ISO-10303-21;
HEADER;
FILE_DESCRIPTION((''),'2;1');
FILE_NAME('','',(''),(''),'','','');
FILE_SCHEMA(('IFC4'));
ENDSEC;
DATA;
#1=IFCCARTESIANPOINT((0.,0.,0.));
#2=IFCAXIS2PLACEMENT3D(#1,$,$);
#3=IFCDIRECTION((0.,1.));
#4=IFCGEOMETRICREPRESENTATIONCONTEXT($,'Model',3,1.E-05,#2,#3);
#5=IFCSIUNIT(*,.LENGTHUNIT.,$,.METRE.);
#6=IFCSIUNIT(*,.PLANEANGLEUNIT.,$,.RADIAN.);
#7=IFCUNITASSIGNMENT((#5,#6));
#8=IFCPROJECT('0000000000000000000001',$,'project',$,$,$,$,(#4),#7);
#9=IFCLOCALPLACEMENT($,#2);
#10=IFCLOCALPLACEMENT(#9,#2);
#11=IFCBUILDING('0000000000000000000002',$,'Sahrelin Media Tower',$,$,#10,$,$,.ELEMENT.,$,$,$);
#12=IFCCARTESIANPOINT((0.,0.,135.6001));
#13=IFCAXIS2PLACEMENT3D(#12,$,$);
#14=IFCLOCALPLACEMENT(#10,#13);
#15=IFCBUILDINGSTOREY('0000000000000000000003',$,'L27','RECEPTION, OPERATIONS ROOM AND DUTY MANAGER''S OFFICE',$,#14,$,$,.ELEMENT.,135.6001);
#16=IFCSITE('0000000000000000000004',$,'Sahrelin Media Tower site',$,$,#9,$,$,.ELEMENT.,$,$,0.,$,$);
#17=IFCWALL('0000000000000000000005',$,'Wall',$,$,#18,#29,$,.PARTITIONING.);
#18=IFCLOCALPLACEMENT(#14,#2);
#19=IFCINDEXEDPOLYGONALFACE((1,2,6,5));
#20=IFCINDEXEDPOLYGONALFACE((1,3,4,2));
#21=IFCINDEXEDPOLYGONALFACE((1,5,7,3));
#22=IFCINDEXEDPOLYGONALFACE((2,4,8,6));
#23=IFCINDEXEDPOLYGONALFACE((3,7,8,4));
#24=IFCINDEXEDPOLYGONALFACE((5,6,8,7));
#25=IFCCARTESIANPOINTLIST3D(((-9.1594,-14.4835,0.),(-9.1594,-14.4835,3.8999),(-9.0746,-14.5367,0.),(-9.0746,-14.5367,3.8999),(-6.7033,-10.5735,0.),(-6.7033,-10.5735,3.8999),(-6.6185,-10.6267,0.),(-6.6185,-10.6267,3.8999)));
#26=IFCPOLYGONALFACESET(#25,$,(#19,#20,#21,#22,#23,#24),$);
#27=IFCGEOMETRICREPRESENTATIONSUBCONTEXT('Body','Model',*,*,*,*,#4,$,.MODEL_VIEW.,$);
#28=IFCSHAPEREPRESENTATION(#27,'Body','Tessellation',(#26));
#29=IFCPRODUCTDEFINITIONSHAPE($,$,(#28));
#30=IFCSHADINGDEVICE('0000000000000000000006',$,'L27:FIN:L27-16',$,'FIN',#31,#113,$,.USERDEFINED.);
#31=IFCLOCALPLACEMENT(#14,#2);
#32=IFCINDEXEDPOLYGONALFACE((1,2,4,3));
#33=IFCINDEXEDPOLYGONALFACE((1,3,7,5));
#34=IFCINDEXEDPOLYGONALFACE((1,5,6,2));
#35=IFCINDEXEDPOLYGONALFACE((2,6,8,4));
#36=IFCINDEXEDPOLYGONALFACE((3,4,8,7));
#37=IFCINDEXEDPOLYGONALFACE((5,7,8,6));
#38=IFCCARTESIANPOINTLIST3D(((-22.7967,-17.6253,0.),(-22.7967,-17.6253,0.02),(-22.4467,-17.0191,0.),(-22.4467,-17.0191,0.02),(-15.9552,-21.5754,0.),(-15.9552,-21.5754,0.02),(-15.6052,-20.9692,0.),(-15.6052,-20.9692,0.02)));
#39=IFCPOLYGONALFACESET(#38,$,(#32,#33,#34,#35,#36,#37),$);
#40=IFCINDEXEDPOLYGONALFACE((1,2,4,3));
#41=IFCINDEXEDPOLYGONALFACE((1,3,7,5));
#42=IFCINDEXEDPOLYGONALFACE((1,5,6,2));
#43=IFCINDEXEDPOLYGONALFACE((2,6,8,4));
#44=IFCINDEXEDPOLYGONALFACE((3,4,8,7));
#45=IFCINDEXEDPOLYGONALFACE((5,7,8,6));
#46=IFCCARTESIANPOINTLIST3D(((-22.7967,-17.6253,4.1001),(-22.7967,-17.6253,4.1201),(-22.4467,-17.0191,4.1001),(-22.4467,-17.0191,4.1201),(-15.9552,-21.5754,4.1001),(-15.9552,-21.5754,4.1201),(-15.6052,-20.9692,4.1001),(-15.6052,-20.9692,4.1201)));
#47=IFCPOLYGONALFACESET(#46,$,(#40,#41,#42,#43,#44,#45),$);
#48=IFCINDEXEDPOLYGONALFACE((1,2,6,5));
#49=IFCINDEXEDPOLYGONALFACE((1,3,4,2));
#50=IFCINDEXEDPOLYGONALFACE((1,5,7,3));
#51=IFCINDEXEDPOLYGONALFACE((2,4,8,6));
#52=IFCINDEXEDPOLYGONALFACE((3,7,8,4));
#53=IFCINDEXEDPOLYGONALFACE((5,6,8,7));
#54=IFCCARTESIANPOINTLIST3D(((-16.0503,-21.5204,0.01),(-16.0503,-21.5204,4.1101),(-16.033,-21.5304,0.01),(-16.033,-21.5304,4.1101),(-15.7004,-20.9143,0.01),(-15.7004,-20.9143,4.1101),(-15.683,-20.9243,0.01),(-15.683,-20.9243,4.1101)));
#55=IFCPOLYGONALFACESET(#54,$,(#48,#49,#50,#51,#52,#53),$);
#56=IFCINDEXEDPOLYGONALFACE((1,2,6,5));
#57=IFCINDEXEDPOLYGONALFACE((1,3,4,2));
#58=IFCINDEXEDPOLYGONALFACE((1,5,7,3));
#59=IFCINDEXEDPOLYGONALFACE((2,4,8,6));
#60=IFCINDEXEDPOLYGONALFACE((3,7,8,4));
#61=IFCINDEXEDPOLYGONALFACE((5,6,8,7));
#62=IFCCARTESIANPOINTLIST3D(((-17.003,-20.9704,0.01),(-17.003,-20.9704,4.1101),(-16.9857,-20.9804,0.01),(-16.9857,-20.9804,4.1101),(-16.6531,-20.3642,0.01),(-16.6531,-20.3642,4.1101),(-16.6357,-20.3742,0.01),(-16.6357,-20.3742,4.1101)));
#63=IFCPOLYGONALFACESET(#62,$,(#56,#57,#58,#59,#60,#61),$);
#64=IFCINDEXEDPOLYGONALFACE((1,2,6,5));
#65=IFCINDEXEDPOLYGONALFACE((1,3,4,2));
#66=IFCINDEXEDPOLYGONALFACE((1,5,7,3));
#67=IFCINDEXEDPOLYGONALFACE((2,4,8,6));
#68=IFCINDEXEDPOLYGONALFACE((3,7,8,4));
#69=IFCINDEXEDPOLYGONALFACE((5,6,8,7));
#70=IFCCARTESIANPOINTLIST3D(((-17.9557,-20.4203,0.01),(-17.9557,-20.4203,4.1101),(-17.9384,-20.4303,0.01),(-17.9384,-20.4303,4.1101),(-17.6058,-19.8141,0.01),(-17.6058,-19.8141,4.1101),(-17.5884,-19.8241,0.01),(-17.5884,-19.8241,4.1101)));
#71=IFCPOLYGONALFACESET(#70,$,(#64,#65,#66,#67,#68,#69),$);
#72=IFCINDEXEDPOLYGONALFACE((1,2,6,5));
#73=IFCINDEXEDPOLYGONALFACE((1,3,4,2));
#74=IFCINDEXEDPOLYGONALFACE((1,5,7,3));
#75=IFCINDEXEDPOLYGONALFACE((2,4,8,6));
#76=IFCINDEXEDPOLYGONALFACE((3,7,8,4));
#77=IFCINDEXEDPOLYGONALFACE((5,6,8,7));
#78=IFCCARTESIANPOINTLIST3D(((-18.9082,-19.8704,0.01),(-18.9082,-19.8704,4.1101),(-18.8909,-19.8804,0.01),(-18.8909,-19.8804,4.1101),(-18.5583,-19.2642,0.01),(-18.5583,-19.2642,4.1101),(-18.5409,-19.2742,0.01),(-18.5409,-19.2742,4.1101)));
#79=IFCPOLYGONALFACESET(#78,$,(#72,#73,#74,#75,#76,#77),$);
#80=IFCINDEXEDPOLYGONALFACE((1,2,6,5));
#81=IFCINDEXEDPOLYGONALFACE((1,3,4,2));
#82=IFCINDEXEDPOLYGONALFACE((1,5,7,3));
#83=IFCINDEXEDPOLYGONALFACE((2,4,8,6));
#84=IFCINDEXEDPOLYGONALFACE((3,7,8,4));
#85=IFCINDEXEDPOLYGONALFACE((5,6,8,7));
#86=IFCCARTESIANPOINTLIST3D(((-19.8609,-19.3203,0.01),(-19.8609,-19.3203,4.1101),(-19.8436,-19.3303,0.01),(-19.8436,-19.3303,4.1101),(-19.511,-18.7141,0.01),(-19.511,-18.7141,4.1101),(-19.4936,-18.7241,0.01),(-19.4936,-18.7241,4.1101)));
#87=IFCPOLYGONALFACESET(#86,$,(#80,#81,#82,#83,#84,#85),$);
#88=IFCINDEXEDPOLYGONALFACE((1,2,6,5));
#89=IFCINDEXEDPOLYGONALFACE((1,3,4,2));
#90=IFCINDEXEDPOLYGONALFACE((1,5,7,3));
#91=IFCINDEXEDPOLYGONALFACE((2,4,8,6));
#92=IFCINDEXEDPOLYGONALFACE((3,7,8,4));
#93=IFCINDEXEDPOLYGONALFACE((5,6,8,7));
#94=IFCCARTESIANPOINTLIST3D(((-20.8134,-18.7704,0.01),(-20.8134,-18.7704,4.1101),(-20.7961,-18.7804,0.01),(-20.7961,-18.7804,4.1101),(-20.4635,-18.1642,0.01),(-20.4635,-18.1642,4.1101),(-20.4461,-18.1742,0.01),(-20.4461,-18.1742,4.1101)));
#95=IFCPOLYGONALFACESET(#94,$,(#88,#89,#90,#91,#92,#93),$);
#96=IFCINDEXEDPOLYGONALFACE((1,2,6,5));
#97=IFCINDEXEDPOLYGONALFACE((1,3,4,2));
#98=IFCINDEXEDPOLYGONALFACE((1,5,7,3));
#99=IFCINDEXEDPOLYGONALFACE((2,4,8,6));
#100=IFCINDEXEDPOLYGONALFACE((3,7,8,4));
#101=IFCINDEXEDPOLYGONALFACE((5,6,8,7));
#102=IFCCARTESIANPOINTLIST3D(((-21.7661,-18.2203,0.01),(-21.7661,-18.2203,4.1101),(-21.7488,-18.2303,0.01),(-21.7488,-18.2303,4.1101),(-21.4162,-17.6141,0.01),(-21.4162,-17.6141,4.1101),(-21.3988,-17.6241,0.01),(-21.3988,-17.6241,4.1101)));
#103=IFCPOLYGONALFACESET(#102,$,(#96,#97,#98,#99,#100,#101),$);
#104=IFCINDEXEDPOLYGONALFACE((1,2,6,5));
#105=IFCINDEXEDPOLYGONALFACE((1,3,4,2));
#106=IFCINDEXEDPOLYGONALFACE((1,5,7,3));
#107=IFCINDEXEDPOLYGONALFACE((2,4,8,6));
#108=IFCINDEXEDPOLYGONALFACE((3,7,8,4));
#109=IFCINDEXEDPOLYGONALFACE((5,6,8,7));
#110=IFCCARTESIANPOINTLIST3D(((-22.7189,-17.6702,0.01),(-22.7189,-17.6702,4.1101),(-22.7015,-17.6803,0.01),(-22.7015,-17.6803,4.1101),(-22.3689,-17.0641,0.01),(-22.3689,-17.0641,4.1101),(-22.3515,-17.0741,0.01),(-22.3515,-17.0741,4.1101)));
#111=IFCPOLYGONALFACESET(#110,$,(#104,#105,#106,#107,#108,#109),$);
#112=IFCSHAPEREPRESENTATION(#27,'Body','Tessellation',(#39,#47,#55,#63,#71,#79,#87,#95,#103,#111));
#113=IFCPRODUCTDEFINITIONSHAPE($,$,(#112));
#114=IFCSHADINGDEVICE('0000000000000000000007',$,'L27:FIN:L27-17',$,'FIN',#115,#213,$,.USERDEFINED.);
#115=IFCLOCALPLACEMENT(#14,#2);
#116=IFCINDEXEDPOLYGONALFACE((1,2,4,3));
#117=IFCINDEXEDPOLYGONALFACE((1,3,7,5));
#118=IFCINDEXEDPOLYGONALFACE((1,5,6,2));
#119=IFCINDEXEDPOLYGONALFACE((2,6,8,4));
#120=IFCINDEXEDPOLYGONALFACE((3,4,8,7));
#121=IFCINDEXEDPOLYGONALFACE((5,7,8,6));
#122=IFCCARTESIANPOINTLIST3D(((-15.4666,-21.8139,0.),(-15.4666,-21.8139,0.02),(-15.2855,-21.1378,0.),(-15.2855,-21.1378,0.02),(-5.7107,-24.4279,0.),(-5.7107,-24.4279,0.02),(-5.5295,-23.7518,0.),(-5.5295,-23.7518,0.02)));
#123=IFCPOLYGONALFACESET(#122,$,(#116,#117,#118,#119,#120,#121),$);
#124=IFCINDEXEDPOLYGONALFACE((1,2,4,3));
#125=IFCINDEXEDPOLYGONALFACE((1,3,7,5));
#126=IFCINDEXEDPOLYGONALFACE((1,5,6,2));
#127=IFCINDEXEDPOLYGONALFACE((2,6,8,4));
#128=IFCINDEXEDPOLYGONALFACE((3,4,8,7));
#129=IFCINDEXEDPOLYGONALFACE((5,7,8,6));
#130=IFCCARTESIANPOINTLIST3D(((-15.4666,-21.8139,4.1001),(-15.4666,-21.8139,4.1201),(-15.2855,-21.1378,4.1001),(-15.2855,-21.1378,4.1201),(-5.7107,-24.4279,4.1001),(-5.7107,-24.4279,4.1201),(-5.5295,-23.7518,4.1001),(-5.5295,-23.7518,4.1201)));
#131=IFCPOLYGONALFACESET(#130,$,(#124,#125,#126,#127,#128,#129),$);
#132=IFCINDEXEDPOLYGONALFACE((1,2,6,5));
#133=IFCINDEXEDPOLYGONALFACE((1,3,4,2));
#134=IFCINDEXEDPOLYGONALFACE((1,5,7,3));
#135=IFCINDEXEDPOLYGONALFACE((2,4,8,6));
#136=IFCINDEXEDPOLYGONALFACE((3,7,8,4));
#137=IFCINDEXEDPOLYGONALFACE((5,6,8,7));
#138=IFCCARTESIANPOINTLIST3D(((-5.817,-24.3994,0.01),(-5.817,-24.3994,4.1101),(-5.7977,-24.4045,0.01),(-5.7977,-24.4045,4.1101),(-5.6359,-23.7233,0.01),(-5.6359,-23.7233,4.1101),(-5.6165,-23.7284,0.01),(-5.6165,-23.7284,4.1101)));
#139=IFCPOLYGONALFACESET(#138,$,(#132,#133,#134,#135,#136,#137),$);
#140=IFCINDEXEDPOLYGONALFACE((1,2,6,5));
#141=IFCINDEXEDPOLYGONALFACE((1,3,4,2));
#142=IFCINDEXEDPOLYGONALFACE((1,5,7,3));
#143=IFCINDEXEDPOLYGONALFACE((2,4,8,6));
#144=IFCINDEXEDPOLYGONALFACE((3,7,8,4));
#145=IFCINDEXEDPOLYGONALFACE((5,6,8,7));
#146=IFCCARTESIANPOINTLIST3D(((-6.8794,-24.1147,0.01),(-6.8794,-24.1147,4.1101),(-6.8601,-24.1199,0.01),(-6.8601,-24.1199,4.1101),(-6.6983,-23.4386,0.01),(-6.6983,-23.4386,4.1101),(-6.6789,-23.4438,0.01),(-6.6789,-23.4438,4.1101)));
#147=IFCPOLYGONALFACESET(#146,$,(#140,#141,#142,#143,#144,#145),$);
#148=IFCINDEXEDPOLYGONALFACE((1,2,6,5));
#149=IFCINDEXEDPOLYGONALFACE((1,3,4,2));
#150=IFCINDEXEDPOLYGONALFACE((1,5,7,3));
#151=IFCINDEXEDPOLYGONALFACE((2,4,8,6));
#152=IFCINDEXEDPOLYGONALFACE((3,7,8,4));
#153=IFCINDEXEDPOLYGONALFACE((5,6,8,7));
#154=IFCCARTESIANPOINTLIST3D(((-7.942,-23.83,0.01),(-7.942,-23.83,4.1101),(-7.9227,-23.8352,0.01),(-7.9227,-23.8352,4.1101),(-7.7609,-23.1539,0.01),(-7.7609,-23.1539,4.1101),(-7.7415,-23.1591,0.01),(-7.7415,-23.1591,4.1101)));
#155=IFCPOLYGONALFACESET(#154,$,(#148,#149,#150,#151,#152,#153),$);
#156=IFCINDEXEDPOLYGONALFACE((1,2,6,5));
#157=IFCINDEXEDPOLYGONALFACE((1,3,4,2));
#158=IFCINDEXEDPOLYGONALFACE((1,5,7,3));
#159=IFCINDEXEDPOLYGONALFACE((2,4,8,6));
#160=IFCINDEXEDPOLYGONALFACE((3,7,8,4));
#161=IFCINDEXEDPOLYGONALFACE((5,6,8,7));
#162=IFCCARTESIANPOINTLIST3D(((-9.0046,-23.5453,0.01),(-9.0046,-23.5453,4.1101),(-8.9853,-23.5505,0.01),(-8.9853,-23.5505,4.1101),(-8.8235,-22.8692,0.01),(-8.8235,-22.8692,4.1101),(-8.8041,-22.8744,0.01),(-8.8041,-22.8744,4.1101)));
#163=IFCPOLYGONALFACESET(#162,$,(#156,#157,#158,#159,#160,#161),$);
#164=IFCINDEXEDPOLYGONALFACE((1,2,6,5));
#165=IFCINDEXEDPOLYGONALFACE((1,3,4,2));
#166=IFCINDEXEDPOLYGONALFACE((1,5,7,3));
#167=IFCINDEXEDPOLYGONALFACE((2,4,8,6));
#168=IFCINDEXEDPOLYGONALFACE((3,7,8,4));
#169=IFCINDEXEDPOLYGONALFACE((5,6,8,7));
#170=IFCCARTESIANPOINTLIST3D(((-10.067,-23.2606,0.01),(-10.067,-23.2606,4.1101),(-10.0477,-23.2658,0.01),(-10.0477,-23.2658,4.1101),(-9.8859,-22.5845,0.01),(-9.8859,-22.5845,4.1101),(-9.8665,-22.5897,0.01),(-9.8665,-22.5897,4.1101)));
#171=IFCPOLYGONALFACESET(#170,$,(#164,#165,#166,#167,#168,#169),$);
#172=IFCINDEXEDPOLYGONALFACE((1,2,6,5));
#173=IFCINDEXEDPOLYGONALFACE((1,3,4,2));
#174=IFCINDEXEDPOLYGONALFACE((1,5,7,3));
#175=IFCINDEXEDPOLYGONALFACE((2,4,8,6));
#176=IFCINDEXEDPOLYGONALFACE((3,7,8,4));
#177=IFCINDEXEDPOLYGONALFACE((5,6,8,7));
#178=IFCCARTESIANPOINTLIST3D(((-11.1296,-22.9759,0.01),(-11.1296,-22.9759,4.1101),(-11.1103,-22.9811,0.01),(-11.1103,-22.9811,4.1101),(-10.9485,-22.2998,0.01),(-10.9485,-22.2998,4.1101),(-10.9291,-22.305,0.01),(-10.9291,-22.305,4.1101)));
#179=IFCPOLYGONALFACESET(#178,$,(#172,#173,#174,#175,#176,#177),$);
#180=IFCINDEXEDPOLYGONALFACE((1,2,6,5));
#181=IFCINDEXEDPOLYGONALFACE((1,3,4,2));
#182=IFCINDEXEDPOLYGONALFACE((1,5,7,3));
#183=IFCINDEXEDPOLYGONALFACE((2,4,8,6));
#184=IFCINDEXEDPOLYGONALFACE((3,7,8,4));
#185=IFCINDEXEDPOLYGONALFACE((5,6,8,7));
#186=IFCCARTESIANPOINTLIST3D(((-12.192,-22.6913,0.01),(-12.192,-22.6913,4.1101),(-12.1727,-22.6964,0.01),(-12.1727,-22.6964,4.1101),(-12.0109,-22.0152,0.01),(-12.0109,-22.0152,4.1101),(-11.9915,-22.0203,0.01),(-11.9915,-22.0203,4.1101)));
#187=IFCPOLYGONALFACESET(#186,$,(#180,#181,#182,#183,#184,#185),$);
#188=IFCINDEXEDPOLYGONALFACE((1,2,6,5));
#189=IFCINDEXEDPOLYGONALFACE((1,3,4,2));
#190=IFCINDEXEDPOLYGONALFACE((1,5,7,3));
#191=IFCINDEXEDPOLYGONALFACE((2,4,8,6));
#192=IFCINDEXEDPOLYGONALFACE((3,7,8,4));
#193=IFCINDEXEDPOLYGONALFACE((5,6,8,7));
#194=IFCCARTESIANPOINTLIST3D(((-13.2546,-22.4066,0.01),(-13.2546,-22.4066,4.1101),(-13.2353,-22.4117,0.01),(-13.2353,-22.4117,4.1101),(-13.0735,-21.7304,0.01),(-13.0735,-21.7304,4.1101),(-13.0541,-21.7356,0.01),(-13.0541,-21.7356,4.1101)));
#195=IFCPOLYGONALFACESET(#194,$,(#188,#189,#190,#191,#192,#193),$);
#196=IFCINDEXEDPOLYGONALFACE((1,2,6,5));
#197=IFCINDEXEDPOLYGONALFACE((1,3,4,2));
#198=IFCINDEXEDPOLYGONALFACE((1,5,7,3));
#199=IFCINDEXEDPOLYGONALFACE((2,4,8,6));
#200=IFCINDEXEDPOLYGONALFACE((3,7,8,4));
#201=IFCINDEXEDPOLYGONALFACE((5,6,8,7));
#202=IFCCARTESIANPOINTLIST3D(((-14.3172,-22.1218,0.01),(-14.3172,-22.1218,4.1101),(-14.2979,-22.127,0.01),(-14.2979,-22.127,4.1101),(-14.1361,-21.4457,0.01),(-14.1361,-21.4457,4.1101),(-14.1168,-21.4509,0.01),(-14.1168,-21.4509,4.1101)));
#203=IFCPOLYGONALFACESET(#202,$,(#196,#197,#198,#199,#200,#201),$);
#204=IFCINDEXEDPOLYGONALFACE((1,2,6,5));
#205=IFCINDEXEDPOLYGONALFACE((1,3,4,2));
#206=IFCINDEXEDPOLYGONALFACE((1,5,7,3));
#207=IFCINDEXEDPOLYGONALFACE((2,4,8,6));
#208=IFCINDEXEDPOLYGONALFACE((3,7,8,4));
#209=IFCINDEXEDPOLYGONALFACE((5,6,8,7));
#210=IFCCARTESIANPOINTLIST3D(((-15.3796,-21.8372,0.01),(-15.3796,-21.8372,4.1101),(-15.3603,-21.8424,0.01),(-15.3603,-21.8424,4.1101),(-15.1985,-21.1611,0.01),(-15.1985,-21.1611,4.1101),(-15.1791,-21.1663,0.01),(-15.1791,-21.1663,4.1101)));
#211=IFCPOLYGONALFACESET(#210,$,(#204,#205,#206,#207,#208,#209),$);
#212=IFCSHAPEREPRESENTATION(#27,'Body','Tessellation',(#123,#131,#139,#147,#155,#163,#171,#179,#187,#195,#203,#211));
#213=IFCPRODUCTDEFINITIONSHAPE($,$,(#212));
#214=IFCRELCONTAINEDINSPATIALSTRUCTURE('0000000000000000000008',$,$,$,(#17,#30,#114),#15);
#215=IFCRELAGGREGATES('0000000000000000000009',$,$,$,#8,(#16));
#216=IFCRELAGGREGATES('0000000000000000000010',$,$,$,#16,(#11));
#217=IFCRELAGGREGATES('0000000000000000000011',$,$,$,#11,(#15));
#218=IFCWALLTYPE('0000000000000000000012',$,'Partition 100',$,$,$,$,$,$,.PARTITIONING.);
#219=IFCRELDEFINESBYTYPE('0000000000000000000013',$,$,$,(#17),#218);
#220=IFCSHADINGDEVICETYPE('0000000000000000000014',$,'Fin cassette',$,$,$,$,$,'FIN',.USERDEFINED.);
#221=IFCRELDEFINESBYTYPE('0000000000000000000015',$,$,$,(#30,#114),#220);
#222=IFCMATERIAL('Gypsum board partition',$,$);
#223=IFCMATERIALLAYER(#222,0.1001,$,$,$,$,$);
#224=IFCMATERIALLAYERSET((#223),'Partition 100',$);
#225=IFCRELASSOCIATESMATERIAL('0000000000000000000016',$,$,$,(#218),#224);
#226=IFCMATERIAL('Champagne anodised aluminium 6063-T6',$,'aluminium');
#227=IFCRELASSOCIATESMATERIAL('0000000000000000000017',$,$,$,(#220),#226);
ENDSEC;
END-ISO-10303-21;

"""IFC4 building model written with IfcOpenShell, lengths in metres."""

from ifc_helpers import new_model, si_unit, direction, frame, frame_2d, origin, origin_2d, place, context, subcontext, project, spatial, rectangle, extrude, material, layer, layer_set, type_object, element, save


model = new_model("IFC4")

# Units and contexts
model_context = context("Model", 3, precision=1e-05, world=origin(), true_north=direction((0.0, 1.0)))
body_context = subcontext(model_context, "Body", "Model", "MODEL_VIEW")
ifc_project = project(units=[si_unit("LENGTHUNIT", "METRE"), si_unit("PLANEANGLEUNIT", "RADIAN")], contexts=[model_context])

# Site, building, storey
site_placement = place(None, origin())
site = spatial("IfcSite", under=ifc_project, at=site_placement, Name="Sahrelin Media Tower site", CompositionType="ELEMENT", RefElevation=0.0)
building_placement = place(site_placement, origin())
building = spatial("IfcBuilding", under=site, at=building_placement, Name="Sahrelin Media Tower", CompositionType="ELEMENT")
storey_placement = place(building_placement, frame((0.0, 0.0, 135.6001)))
storey = spatial("IfcBuildingStorey", under=building, at=storey_placement, Name="L27", Description="RECEPTION, OPERATIONS ROOM AND DUTY MANAGER'S OFFICE", CompositionType="ELEMENT", Elevation=135.6001)

# Shared definitions
ifc_material_1 = material(Name="Champagne anodised aluminium 6063-T6", Category="aluminium")

# Wall
ifc_material_2 = material(Name="Gypsum board partition")
ifc_layer_1 = layer(ifc_material_2, 0.1001)
ifc_layer_set_1 = layer_set([ifc_layer_1], Name="Partition 100")
wall_type = type_object("IfcWallType", Name="Partition 100", PredefinedType="PARTITIONING", material=ifc_layer_set_1)
wall_placement = place(storey_placement, frame((-9.1169, -14.51, 0.0), z_axis=(0.0, 0.0, 1.0), x_axis=(0.531922, 0.846793, 0.0)))
element("IfcWall", 1, at=wall_placement, inside=storey, type_object=wall_type, Name="Wall", PredefinedType="PARTITIONING", context=body_context, shape_type="SweptSolid", body=[
    extrude(rectangle(XDim=4.6174, YDim=0.1001, at=frame_2d((2.3086, 0.0))), origin(), (0.0, 0.0, 1.0), 3.8999),
])

# Shading devices
shading_device_type_1 = type_object("IfcShadingDeviceType", Name="Fin cassette", ElementType="FIN", PredefinedType="USERDEFINED", material=ifc_material_1)
shading_device_1_placement = place(storey_placement, frame((-18.991, -18.9336, 0.0), z_axis=(0.0, 0.0, 1.0), x_axis=(-0.866019, 0.500011, 0.0)))
element("IfcShadingDevice", 2, at=shading_device_1_placement, inside=storey, type_object=shading_device_type_1, Name="L27:FIN:L27-16", ObjectType="FIN", PredefinedType="USERDEFINED", context=body_context, shape_type="SweptSolid", body=[
    extrude(rectangle(XDim=7.8999, YDim=0.7, at=origin_2d()), frame((0.0, 0.4199, 0.0)), (0.0, 0.0, 1.0), 0.02),
    extrude(rectangle(XDim=7.8999, YDim=0.7, at=origin_2d()), frame((0.0, 0.4199, 4.1001)), (0.0, 0.0, 1.0), 0.02),
    extrude(rectangle(XDim=0.02, YDim=0.7, at=origin_2d()), frame((-3.8501, 0.4199, 0.01), z_axis=(0.0, 0.0, 1.0), x_axis=(1.0, 0.0, 0.0)), (0.0, 0.0, 1.0), 4.1001),
    extrude(rectangle(XDim=0.02, YDim=0.7, at=origin_2d()), frame((-2.75, 0.4199, 0.01), z_axis=(0.0, 0.0, 1.0), x_axis=(1.0, 0.0, 0.0)), (0.0, 0.0, 1.0), 4.1001),
    extrude(rectangle(XDim=0.02, YDim=0.7, at=origin_2d()), frame((-1.6499, 0.4199, 0.01), z_axis=(0.0, 0.0, 1.0), x_axis=(1.0, 0.0, 0.0)), (0.0, 0.0, 1.0), 4.1001),
    extrude(rectangle(XDim=0.02, YDim=0.7, at=origin_2d()), frame((-0.55, 0.4199, 0.01), z_axis=(0.0, 0.0, 1.0), x_axis=(1.0, 0.0, 0.0)), (0.0, 0.0, 1.0), 4.1001),
    extrude(rectangle(XDim=0.02, YDim=0.7, at=origin_2d()), frame((0.55, 0.4199, 0.01), z_axis=(0.0, 0.0, 1.0), x_axis=(1.0, 0.0, 0.0)), (0.0, 0.0, 1.0), 4.1001),
    extrude(rectangle(XDim=0.02, YDim=0.7, at=origin_2d()), frame((1.6499, 0.4199, 0.01), z_axis=(0.0, 0.0, 1.0), x_axis=(1.0, 0.0, 0.0)), (0.0, 0.0, 1.0), 4.1001),
    extrude(rectangle(XDim=0.02, YDim=0.7, at=origin_2d()), frame((2.75, 0.4199, 0.01), z_axis=(0.0, 0.0, 1.0), x_axis=(1.0, 0.0, 0.0)), (0.0, 0.0, 1.0), 4.1001),
    extrude(rectangle(XDim=0.02, YDim=0.7, at=origin_2d()), frame((3.8501, 0.4199, 0.01), z_axis=(0.0, 0.0, 1.0), x_axis=(1.0, 0.0, 0.0)), (0.0, 0.0, 1.0), 4.1001),
])
placement = place(storey_placement, frame((-10.3894, -22.3772, 0.0), z_axis=(0.0, 0.0, 1.0), x_axis=(-0.965929, 0.258808, 0.0)))
element("IfcShadingDevice", 3, at=placement, inside=storey, type_object=shading_device_type_1, Name="L27:FIN:L27-17", ObjectType="FIN", PredefinedType="USERDEFINED", context=body_context, shape_type="SweptSolid", body=[
    extrude(rectangle(XDim=10.1001, YDim=0.7, at=origin_2d()), frame((0.0, 0.4199, 0.0)), (0.0, 0.0, 1.0), 0.02),
    extrude(rectangle(XDim=10.1001, YDim=0.7, at=origin_2d()), frame((0.0, 0.4199, 4.1001)), (0.0, 0.0, 1.0), 0.02),
    extrude(rectangle(XDim=0.02, YDim=0.7, at=origin_2d()), frame((-4.95, 0.4199, 0.01), z_axis=(0.0, 0.0, 1.0), x_axis=(1.0, 0.0, 0.0)), (0.0, 0.0, 1.0), 4.1001),
    extrude(rectangle(XDim=0.02, YDim=0.7, at=origin_2d()), frame((-3.8501, 0.4199, 0.01), z_axis=(0.0, 0.0, 1.0), x_axis=(1.0, 0.0, 0.0)), (0.0, 0.0, 1.0), 4.1001),
    extrude(rectangle(XDim=0.02, YDim=0.7, at=origin_2d()), frame((-2.75, 0.4199, 0.01), z_axis=(0.0, 0.0, 1.0), x_axis=(1.0, 0.0, 0.0)), (0.0, 0.0, 1.0), 4.1001),
    extrude(rectangle(XDim=0.02, YDim=0.7, at=origin_2d()), frame((-1.6499, 0.4199, 0.01), z_axis=(0.0, 0.0, 1.0), x_axis=(1.0, 0.0, 0.0)), (0.0, 0.0, 1.0), 4.1001),
    extrude(rectangle(XDim=0.02, YDim=0.7, at=origin_2d()), frame((-0.55, 0.4199, 0.01), z_axis=(0.0, 0.0, 1.0), x_axis=(1.0, 0.0, 0.0)), (0.0, 0.0, 1.0), 4.1001),
    extrude(rectangle(XDim=0.02, YDim=0.7, at=origin_2d()), frame((0.55, 0.4199, 0.01), z_axis=(0.0, 0.0, 1.0), x_axis=(1.0, 0.0, 0.0)), (0.0, 0.0, 1.0), 4.1001),
    extrude(rectangle(XDim=0.02, YDim=0.7, at=origin_2d()), frame((1.6499, 0.4199, 0.01), z_axis=(0.0, 0.0, 1.0), x_axis=(1.0, 0.0, 0.0)), (0.0, 0.0, 1.0), 4.1001),
    extrude(rectangle(XDim=0.02, YDim=0.7, at=origin_2d()), frame((2.75, 0.4199, 0.01), z_axis=(0.0, 0.0, 1.0), x_axis=(1.0, 0.0, 0.0)), (0.0, 0.0, 1.0), 4.1001),
    extrude(rectangle(XDim=0.02, YDim=0.7, at=origin_2d()), frame((3.8501, 0.4199, 0.01), z_axis=(0.0, 0.0, 1.0), x_axis=(1.0, 0.0, 0.0)), (0.0, 0.0, 1.0), 4.1001),
    extrude(rectangle(XDim=0.02, YDim=0.7, at=origin_2d()), frame((4.95, 0.4199, 0.01), z_axis=(0.0, 0.0, 1.0), x_axis=(1.0, 0.0, 0.0)), (0.0, 0.0, 1.0), 4.1001),
])

save(model, "model.ifc")
